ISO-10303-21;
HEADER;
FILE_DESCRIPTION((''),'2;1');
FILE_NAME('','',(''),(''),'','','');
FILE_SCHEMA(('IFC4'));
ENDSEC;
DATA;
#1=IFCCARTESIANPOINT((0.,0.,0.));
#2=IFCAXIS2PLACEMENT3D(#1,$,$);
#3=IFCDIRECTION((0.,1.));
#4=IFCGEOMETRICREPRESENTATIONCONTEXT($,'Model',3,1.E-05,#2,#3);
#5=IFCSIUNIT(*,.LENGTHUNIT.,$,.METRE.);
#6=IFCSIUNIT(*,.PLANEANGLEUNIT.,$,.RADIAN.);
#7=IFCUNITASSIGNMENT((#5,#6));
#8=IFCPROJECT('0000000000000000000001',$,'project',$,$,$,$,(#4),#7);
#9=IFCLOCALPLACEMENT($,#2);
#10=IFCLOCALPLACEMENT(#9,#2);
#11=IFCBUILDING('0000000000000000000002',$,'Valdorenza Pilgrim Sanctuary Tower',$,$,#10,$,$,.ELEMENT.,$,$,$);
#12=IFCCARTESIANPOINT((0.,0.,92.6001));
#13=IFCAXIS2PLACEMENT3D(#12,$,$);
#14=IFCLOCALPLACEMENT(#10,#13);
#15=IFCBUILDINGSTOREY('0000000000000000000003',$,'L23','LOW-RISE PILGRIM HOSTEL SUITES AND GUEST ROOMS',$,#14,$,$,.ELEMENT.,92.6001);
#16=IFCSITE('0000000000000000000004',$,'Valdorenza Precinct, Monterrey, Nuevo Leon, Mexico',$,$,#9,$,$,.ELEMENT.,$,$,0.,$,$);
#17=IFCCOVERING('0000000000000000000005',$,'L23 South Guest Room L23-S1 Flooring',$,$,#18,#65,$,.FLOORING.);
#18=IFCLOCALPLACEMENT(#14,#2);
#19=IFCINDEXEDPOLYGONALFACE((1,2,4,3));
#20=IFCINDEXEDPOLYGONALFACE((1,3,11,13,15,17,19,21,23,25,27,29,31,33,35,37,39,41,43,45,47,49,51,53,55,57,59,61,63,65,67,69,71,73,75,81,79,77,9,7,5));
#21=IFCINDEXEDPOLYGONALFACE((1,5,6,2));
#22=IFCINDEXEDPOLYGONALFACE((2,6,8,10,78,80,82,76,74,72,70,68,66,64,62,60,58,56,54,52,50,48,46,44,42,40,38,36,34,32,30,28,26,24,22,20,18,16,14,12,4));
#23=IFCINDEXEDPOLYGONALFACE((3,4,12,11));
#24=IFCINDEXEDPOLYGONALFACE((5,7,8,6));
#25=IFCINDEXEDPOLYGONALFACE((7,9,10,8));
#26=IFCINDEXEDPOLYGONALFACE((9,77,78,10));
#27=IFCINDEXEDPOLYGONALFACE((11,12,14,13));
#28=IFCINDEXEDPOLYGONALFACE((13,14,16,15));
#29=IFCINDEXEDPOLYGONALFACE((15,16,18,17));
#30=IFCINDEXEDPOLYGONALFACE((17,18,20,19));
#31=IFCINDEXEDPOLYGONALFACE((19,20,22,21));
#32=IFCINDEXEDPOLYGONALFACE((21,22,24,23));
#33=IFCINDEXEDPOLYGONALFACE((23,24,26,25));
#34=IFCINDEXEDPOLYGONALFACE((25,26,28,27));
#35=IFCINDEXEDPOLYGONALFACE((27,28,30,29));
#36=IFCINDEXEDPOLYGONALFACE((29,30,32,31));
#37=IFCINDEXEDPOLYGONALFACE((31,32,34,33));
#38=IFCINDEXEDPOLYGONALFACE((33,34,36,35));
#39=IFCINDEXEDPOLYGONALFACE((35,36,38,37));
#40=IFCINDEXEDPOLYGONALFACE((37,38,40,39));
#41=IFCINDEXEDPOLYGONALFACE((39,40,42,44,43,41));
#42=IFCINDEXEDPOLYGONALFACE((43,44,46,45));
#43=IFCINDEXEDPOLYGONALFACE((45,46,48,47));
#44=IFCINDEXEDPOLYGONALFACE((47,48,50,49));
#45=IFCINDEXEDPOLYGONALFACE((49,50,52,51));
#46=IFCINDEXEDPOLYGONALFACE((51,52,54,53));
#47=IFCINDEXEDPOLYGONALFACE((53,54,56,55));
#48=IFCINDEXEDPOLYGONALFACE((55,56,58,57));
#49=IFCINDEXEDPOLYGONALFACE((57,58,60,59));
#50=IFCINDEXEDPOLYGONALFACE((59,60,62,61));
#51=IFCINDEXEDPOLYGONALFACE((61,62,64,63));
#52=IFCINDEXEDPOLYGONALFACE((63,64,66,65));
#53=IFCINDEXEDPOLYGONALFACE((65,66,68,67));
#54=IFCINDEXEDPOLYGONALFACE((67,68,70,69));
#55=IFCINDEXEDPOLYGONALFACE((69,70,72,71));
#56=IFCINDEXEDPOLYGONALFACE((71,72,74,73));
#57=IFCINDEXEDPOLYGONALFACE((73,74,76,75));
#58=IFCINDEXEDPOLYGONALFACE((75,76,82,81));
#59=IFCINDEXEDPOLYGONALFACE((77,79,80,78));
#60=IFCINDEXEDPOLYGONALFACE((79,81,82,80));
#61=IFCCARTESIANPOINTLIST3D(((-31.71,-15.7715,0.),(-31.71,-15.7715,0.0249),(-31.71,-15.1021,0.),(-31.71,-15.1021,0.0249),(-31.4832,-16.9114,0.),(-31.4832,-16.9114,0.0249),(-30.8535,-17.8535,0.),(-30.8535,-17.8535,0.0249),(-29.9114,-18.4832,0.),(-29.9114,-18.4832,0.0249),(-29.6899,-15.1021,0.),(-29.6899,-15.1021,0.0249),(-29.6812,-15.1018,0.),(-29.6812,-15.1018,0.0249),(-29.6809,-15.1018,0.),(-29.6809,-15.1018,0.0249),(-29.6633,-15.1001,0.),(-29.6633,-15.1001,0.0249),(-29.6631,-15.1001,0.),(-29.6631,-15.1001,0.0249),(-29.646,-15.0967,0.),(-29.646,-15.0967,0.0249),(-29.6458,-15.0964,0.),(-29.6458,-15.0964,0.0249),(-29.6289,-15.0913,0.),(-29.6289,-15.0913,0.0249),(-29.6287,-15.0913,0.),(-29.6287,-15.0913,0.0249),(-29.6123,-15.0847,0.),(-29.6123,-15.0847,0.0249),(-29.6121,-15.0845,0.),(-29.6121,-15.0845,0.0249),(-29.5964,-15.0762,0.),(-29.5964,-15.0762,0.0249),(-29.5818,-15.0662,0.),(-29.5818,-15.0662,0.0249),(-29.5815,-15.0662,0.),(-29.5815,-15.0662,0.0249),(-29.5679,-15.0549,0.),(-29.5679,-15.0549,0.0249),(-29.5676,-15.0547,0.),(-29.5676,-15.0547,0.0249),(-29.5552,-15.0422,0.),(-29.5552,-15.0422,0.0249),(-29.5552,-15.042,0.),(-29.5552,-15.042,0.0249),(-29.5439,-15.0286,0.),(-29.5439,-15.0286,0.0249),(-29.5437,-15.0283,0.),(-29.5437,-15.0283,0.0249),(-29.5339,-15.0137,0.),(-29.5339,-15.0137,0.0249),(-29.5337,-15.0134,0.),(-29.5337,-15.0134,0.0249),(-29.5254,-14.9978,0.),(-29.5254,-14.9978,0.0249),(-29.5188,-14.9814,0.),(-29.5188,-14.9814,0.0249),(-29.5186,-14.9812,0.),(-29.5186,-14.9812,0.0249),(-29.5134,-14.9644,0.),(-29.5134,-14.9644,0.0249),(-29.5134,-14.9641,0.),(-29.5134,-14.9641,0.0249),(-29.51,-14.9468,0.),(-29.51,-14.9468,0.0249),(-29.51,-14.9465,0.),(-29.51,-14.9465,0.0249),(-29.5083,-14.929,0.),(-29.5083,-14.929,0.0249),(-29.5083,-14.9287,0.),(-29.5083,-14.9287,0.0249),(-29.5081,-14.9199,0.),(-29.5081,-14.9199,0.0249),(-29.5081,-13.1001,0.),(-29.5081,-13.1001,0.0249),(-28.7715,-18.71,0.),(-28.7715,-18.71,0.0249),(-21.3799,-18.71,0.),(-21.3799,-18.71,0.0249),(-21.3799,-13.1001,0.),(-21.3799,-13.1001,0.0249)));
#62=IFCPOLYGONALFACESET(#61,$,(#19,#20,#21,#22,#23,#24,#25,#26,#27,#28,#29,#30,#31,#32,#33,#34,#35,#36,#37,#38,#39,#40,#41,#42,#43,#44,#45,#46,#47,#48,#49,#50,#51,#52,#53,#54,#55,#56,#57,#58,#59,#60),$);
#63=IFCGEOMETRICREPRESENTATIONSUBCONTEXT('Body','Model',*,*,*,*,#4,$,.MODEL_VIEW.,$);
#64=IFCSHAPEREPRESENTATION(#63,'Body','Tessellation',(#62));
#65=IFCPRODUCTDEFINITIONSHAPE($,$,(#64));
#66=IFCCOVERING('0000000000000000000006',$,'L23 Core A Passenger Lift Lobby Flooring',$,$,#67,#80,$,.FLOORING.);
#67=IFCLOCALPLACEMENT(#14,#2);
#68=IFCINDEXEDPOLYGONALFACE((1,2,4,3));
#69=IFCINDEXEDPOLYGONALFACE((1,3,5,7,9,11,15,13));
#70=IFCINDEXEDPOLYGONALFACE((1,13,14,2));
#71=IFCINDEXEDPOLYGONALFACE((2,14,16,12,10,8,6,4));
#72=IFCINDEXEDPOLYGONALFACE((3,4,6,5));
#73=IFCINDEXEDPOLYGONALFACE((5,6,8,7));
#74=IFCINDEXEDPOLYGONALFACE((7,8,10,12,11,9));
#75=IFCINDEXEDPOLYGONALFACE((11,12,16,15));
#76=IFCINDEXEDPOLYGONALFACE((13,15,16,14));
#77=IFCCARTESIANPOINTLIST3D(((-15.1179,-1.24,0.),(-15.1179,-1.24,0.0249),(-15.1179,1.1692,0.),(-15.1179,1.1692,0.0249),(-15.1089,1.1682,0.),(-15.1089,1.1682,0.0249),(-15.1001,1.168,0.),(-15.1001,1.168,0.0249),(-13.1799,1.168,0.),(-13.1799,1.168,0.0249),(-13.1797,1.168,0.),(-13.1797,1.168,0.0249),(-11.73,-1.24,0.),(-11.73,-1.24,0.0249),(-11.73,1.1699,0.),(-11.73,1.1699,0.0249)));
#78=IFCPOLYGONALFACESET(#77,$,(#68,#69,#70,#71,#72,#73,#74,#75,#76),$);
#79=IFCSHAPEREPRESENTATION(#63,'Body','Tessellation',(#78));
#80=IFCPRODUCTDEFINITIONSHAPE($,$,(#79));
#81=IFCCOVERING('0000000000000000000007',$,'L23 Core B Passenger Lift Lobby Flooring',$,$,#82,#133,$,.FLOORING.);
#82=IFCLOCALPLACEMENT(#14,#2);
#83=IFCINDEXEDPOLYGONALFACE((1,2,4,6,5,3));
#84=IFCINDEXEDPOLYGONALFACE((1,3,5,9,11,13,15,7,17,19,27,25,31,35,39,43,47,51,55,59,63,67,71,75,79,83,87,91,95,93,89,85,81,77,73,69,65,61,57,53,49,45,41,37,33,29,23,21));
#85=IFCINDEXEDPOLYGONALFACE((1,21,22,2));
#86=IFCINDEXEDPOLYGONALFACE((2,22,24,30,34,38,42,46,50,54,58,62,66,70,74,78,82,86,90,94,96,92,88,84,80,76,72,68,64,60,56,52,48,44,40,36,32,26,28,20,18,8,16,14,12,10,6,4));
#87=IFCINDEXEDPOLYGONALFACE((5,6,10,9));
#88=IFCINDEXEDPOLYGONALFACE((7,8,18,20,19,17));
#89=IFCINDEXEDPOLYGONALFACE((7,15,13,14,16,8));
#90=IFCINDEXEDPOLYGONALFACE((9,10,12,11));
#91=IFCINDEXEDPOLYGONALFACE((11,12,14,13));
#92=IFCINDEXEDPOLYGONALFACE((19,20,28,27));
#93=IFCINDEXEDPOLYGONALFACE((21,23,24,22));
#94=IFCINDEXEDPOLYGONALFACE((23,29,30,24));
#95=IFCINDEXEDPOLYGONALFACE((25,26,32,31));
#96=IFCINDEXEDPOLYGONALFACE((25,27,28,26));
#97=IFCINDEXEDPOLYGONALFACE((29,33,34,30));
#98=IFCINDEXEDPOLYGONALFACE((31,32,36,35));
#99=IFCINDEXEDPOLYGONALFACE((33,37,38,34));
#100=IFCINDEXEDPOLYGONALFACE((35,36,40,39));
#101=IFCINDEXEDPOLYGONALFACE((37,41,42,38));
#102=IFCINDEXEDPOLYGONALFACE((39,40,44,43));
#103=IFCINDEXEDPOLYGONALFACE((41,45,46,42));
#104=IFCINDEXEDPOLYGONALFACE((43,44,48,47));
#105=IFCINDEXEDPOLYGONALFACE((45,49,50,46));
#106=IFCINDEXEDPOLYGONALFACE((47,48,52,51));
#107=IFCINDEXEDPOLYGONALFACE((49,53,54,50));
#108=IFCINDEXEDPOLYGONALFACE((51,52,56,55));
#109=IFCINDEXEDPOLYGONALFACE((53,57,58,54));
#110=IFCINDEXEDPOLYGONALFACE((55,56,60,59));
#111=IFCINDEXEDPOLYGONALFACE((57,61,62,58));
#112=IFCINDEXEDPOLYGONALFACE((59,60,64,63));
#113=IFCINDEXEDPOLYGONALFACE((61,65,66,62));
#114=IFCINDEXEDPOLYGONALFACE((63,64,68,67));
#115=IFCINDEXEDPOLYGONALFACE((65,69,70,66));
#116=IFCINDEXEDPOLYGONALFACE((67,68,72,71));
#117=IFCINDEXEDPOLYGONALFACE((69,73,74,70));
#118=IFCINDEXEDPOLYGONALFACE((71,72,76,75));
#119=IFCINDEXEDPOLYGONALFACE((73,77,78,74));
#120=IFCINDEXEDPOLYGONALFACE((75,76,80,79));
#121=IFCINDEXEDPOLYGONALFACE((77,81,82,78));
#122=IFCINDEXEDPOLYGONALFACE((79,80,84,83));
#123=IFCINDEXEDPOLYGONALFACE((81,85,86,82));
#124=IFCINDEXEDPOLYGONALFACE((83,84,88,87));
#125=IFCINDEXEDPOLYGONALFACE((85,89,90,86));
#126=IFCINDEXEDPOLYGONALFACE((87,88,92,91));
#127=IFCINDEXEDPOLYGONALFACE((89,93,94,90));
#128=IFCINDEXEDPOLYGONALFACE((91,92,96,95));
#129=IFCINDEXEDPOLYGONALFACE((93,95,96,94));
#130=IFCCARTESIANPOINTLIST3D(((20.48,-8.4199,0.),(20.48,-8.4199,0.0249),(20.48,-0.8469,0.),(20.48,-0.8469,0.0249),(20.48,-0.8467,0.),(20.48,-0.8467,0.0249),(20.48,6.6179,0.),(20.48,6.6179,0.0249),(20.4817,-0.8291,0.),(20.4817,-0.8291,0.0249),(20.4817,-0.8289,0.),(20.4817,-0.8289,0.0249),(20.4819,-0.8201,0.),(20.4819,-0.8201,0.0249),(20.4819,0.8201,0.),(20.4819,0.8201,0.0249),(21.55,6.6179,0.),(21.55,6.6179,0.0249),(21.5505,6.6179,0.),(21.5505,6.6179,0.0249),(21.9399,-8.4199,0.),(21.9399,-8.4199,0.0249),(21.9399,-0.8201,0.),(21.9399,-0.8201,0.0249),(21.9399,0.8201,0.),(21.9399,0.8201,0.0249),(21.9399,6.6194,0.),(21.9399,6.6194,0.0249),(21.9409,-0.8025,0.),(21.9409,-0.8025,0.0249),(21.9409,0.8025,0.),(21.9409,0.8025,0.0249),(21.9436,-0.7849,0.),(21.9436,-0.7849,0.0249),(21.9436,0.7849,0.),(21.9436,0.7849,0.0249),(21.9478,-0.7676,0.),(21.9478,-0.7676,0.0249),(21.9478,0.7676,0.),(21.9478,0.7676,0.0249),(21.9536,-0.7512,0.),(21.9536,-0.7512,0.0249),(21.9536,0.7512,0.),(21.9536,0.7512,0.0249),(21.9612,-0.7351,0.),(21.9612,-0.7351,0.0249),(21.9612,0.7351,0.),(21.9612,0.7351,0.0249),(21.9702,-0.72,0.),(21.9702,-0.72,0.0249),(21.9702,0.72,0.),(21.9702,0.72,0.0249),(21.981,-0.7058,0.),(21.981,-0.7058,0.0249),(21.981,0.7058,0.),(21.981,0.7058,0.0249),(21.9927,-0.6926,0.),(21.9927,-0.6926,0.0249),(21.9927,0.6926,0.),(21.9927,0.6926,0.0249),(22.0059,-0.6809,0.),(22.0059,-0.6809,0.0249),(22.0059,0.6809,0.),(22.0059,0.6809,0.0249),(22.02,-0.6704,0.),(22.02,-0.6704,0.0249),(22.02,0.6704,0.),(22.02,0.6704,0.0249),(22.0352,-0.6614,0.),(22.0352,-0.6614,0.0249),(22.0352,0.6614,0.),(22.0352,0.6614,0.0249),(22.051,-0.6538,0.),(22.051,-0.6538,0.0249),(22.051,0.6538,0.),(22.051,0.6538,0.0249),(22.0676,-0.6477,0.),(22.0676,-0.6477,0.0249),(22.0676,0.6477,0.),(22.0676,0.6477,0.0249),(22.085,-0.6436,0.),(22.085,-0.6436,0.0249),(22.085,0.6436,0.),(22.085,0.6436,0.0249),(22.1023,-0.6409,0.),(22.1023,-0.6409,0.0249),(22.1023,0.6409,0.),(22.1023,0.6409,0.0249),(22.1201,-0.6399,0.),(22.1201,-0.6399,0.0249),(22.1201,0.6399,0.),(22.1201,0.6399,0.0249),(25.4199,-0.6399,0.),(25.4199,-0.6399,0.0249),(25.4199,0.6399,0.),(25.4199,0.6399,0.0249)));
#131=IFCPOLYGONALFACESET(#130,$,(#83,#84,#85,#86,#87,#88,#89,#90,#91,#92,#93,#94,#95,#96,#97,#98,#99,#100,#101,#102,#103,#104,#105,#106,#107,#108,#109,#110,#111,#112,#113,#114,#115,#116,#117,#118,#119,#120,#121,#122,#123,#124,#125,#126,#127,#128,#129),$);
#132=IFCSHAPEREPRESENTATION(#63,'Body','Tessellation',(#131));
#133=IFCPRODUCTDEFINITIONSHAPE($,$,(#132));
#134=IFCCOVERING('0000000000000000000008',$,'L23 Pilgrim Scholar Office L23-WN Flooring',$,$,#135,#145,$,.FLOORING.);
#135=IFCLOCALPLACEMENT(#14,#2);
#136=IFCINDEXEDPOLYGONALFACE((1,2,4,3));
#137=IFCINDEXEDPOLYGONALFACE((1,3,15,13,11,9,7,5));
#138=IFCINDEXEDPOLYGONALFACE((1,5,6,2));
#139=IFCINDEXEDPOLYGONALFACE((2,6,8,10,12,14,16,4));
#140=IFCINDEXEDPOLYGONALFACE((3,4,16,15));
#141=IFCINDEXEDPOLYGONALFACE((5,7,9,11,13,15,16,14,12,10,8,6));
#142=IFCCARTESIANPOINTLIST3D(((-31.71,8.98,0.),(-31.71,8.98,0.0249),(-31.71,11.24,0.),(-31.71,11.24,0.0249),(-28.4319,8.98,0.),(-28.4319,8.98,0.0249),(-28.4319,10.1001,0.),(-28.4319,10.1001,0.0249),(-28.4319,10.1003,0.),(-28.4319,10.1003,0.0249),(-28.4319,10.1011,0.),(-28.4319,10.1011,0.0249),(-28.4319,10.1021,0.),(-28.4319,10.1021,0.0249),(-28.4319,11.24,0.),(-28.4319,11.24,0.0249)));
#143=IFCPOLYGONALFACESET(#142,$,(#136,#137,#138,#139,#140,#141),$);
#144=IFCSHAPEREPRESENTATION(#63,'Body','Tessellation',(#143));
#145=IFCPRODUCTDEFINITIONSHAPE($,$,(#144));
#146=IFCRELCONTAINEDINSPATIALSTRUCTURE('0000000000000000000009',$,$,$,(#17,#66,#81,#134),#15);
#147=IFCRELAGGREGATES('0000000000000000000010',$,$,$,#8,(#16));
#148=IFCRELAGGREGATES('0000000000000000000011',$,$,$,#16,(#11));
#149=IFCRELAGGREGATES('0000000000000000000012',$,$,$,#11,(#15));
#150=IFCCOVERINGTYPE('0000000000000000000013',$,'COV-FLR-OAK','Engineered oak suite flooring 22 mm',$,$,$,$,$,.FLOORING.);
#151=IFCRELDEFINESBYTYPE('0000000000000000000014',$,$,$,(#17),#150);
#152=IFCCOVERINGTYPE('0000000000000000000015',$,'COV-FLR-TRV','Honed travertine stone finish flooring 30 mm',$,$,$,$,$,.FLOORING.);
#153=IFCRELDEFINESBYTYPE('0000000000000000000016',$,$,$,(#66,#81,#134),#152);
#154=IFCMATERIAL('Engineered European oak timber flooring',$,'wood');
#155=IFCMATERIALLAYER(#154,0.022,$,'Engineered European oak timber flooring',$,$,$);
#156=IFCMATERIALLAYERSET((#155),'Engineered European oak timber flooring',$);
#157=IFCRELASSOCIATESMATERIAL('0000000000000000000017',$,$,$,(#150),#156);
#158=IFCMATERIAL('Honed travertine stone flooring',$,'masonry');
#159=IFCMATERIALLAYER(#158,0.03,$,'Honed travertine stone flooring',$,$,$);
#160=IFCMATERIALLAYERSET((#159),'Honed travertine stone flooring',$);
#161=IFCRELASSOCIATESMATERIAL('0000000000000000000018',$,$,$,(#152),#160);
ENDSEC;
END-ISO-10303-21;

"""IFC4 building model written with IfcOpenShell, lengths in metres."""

from ifc_helpers import new_model, si_unit, direction, frame, origin, place, context, subcontext, project, spatial, polyline, outline, extrude, material, layer, layer_set, type_object, element, save


model = new_model("IFC4")

# Units and contexts
model_context = context("Model", 3, precision=1e-05, world=origin(), true_north=direction((0.0, 1.0)))
body_context = subcontext(model_context, "Body", "Model", "MODEL_VIEW")
ifc_project = project(units=[si_unit("LENGTHUNIT", "METRE"), si_unit("PLANEANGLEUNIT", "RADIAN")], contexts=[model_context])

# Site, building, storey
site_placement = place(None, origin())
site = spatial("IfcSite", under=ifc_project, at=site_placement, Name="Valdorenza Precinct, Monterrey, Nuevo Leon, Mexico", CompositionType="ELEMENT", RefElevation=0.0)
building_placement = place(site_placement, origin())
building = spatial("IfcBuilding", under=site, at=building_placement, Name="Valdorenza Pilgrim Sanctuary Tower", CompositionType="ELEMENT")
storey_placement = place(building_placement, frame((0.0, 0.0, 92.6001)))
storey = spatial("IfcBuildingStorey", under=building, at=storey_placement, Name="L23", Description="LOW-RISE PILGRIM HOSTEL SUITES AND GUEST ROOMS", CompositionType="ELEMENT", Elevation=92.6001)

# Coverings
ifc_material_1 = material(Name="Engineered European oak timber flooring", Category="wood")
ifc_layer_1 = layer(ifc_material_1, 0.022, Name="Engineered European oak timber flooring")
ifc_layer_set_1 = layer_set([ifc_layer_1], Name="Engineered European oak timber flooring")
covering_type_1 = type_object("IfcCoveringType", Name="COV-FLR-OAK", Description="Engineered oak suite flooring 22 mm", PredefinedType="FLOORING", material=ifc_layer_set_1)
covering_1_placement = place(storey_placement, origin())
element("IfcCovering", 1, at=covering_1_placement, inside=storey, type_object=covering_type_1, Name="L23 South Guest Room L23-S1 Flooring", PredefinedType="FLOORING", context=body_context, shape_type="SweptSolid", body=[
    extrude(outline(polyline([(-28.7715, -18.71), (-29.9114, -18.4832), (-30.8535, -17.8535), (-31.4832, -16.9114), (-31.71, -15.7715), (-31.71, -15.1021), (-29.6899, -15.1021), (-29.6812, -15.1018), (-29.6809, -15.1018), (-29.6633, -15.1001), (-29.6631, -15.1001), (-29.646, -15.0967), (-29.6458, -15.0964), (-29.6289, -15.0913), (-29.6287, -15.0913), (-29.6123, -15.0847), (-29.6121, -15.0845), (-29.5964, -15.0762), (-29.5964, -15.0762), (-29.5818, -15.0662), (-29.5815, -15.0662), (-29.5679, -15.0549), (-29.5676, -15.0547), (-29.5552, -15.0422), (-29.5552, -15.042), (-29.5439, -15.0286), (-29.5437, -15.0283), (-29.5339, -15.0137), (-29.5337, -15.0134), (-29.5254, -14.9978), (-29.5254, -14.9978), (-29.5188, -14.9814), (-29.5186, -14.9812), (-29.5134, -14.9644), (-29.5134, -14.9641), (-29.51, -14.9468), (-29.51, -14.9465), (-29.5083, -14.929), (-29.5083, -14.9287), (-29.5081, -14.9199), (-29.5081, -13.1001), (-21.3799, -13.1001), (-21.3799, -18.71), (-28.7715, -18.71)])), origin(), (0.0, 0.0, 1.0), 0.0249),
])
ifc_material_2 = material(Name="Honed travertine stone flooring", Category="masonry")
ifc_layer_2 = layer(ifc_material_2, 0.03, Name="Honed travertine stone flooring")
ifc_layer_set_2 = layer_set([ifc_layer_2], Name="Honed travertine stone flooring")
covering_type_2 = type_object("IfcCoveringType", Name="COV-FLR-TRV", Description="Honed travertine stone finish flooring 30 mm", PredefinedType="FLOORING", material=ifc_layer_set_2)
covering_2_placement = place(storey_placement, origin())
element("IfcCovering", 2, at=covering_2_placement, inside=storey, type_object=covering_type_2, Name="L23 Core A Passenger Lift Lobby Flooring", PredefinedType="FLOORING", context=body_context, shape_type="SweptSolid", body=[
    extrude(outline(polyline([(-15.1179, 1.1692), (-15.1089, 1.1682), (-15.1089, 1.1682), (-15.1001, 1.168), (-13.1799, 1.168), (-13.1797, 1.168), (-11.73, 1.1699), (-11.73, -1.24), (-15.1179, -1.24), (-15.1179, 1.1692)])), origin(), (0.0, 0.0, 1.0), 0.0249),
])
covering_3_placement = place(storey_placement, origin())
element("IfcCovering", 3, at=covering_3_placement, inside=storey, type_object=covering_type_2, Name="L23 Core B Passenger Lift Lobby Flooring", PredefinedType="FLOORING", context=body_context, shape_type="SweptSolid", body=[
    extrude(outline(polyline([(20.48, 6.6179), (21.55, 6.6179), (21.5505, 6.6179), (21.9399, 6.6194), (21.9399, 0.8201), (21.9409, 0.8025), (21.9436, 0.7849), (21.9478, 0.7676), (21.9536, 0.7512), (21.9612, 0.7351), (21.9702, 0.72), (21.981, 0.7058), (21.9927, 0.6926), (22.0059, 0.6809), (22.02, 0.6704), (22.0352, 0.6614), (22.051, 0.6538), (22.0676, 0.6477), (22.085, 0.6436), (22.1023, 0.6409), (22.1201, 0.6399), (25.4199, 0.6399), (25.4199, -0.6399), (22.1201, -0.6399), (22.1023, -0.6409), (22.085, -0.6436), (22.0676, -0.6477), (22.051, -0.6538), (22.0352, -0.6614), (22.02, -0.6704), (22.0059, -0.6809), (21.9927, -0.6926), (21.981, -0.7058), (21.9702, -0.72), (21.9612, -0.7351), (21.9536, -0.7512), (21.9478, -0.7676), (21.9436, -0.7849), (21.9409, -0.8025), (21.9399, -0.8201), (21.9399, -8.4199), (20.48, -8.4199), (20.48, -0.8469), (20.48, -0.8467), (20.48, -0.8467), (20.4817, -0.8291), (20.4817, -0.8289), (20.4819, -0.8201), (20.4819, 0.8201), (20.48, 6.6179)])), origin(), (0.0, 0.0, 1.0), 0.0249),
])
covering_4_placement = place(storey_placement, origin())
element("IfcCovering", 4, at=covering_4_placement, inside=storey, type_object=covering_type_2, Name="L23 Pilgrim Scholar Office L23-WN Flooring", PredefinedType="FLOORING", context=body_context, shape_type="SweptSolid", body=[
    extrude(outline(polyline([(-28.4319, 11.24), (-28.4319, 10.1021), (-28.4319, 10.1011), (-28.4319, 10.1003), (-28.4319, 10.1001), (-28.4319, 8.98), (-31.71, 8.98), (-31.71, 11.24), (-28.4319, 11.24)])), origin(), (0.0, 0.0, 1.0), 0.0249),
])

save(model, "model.ifc")
